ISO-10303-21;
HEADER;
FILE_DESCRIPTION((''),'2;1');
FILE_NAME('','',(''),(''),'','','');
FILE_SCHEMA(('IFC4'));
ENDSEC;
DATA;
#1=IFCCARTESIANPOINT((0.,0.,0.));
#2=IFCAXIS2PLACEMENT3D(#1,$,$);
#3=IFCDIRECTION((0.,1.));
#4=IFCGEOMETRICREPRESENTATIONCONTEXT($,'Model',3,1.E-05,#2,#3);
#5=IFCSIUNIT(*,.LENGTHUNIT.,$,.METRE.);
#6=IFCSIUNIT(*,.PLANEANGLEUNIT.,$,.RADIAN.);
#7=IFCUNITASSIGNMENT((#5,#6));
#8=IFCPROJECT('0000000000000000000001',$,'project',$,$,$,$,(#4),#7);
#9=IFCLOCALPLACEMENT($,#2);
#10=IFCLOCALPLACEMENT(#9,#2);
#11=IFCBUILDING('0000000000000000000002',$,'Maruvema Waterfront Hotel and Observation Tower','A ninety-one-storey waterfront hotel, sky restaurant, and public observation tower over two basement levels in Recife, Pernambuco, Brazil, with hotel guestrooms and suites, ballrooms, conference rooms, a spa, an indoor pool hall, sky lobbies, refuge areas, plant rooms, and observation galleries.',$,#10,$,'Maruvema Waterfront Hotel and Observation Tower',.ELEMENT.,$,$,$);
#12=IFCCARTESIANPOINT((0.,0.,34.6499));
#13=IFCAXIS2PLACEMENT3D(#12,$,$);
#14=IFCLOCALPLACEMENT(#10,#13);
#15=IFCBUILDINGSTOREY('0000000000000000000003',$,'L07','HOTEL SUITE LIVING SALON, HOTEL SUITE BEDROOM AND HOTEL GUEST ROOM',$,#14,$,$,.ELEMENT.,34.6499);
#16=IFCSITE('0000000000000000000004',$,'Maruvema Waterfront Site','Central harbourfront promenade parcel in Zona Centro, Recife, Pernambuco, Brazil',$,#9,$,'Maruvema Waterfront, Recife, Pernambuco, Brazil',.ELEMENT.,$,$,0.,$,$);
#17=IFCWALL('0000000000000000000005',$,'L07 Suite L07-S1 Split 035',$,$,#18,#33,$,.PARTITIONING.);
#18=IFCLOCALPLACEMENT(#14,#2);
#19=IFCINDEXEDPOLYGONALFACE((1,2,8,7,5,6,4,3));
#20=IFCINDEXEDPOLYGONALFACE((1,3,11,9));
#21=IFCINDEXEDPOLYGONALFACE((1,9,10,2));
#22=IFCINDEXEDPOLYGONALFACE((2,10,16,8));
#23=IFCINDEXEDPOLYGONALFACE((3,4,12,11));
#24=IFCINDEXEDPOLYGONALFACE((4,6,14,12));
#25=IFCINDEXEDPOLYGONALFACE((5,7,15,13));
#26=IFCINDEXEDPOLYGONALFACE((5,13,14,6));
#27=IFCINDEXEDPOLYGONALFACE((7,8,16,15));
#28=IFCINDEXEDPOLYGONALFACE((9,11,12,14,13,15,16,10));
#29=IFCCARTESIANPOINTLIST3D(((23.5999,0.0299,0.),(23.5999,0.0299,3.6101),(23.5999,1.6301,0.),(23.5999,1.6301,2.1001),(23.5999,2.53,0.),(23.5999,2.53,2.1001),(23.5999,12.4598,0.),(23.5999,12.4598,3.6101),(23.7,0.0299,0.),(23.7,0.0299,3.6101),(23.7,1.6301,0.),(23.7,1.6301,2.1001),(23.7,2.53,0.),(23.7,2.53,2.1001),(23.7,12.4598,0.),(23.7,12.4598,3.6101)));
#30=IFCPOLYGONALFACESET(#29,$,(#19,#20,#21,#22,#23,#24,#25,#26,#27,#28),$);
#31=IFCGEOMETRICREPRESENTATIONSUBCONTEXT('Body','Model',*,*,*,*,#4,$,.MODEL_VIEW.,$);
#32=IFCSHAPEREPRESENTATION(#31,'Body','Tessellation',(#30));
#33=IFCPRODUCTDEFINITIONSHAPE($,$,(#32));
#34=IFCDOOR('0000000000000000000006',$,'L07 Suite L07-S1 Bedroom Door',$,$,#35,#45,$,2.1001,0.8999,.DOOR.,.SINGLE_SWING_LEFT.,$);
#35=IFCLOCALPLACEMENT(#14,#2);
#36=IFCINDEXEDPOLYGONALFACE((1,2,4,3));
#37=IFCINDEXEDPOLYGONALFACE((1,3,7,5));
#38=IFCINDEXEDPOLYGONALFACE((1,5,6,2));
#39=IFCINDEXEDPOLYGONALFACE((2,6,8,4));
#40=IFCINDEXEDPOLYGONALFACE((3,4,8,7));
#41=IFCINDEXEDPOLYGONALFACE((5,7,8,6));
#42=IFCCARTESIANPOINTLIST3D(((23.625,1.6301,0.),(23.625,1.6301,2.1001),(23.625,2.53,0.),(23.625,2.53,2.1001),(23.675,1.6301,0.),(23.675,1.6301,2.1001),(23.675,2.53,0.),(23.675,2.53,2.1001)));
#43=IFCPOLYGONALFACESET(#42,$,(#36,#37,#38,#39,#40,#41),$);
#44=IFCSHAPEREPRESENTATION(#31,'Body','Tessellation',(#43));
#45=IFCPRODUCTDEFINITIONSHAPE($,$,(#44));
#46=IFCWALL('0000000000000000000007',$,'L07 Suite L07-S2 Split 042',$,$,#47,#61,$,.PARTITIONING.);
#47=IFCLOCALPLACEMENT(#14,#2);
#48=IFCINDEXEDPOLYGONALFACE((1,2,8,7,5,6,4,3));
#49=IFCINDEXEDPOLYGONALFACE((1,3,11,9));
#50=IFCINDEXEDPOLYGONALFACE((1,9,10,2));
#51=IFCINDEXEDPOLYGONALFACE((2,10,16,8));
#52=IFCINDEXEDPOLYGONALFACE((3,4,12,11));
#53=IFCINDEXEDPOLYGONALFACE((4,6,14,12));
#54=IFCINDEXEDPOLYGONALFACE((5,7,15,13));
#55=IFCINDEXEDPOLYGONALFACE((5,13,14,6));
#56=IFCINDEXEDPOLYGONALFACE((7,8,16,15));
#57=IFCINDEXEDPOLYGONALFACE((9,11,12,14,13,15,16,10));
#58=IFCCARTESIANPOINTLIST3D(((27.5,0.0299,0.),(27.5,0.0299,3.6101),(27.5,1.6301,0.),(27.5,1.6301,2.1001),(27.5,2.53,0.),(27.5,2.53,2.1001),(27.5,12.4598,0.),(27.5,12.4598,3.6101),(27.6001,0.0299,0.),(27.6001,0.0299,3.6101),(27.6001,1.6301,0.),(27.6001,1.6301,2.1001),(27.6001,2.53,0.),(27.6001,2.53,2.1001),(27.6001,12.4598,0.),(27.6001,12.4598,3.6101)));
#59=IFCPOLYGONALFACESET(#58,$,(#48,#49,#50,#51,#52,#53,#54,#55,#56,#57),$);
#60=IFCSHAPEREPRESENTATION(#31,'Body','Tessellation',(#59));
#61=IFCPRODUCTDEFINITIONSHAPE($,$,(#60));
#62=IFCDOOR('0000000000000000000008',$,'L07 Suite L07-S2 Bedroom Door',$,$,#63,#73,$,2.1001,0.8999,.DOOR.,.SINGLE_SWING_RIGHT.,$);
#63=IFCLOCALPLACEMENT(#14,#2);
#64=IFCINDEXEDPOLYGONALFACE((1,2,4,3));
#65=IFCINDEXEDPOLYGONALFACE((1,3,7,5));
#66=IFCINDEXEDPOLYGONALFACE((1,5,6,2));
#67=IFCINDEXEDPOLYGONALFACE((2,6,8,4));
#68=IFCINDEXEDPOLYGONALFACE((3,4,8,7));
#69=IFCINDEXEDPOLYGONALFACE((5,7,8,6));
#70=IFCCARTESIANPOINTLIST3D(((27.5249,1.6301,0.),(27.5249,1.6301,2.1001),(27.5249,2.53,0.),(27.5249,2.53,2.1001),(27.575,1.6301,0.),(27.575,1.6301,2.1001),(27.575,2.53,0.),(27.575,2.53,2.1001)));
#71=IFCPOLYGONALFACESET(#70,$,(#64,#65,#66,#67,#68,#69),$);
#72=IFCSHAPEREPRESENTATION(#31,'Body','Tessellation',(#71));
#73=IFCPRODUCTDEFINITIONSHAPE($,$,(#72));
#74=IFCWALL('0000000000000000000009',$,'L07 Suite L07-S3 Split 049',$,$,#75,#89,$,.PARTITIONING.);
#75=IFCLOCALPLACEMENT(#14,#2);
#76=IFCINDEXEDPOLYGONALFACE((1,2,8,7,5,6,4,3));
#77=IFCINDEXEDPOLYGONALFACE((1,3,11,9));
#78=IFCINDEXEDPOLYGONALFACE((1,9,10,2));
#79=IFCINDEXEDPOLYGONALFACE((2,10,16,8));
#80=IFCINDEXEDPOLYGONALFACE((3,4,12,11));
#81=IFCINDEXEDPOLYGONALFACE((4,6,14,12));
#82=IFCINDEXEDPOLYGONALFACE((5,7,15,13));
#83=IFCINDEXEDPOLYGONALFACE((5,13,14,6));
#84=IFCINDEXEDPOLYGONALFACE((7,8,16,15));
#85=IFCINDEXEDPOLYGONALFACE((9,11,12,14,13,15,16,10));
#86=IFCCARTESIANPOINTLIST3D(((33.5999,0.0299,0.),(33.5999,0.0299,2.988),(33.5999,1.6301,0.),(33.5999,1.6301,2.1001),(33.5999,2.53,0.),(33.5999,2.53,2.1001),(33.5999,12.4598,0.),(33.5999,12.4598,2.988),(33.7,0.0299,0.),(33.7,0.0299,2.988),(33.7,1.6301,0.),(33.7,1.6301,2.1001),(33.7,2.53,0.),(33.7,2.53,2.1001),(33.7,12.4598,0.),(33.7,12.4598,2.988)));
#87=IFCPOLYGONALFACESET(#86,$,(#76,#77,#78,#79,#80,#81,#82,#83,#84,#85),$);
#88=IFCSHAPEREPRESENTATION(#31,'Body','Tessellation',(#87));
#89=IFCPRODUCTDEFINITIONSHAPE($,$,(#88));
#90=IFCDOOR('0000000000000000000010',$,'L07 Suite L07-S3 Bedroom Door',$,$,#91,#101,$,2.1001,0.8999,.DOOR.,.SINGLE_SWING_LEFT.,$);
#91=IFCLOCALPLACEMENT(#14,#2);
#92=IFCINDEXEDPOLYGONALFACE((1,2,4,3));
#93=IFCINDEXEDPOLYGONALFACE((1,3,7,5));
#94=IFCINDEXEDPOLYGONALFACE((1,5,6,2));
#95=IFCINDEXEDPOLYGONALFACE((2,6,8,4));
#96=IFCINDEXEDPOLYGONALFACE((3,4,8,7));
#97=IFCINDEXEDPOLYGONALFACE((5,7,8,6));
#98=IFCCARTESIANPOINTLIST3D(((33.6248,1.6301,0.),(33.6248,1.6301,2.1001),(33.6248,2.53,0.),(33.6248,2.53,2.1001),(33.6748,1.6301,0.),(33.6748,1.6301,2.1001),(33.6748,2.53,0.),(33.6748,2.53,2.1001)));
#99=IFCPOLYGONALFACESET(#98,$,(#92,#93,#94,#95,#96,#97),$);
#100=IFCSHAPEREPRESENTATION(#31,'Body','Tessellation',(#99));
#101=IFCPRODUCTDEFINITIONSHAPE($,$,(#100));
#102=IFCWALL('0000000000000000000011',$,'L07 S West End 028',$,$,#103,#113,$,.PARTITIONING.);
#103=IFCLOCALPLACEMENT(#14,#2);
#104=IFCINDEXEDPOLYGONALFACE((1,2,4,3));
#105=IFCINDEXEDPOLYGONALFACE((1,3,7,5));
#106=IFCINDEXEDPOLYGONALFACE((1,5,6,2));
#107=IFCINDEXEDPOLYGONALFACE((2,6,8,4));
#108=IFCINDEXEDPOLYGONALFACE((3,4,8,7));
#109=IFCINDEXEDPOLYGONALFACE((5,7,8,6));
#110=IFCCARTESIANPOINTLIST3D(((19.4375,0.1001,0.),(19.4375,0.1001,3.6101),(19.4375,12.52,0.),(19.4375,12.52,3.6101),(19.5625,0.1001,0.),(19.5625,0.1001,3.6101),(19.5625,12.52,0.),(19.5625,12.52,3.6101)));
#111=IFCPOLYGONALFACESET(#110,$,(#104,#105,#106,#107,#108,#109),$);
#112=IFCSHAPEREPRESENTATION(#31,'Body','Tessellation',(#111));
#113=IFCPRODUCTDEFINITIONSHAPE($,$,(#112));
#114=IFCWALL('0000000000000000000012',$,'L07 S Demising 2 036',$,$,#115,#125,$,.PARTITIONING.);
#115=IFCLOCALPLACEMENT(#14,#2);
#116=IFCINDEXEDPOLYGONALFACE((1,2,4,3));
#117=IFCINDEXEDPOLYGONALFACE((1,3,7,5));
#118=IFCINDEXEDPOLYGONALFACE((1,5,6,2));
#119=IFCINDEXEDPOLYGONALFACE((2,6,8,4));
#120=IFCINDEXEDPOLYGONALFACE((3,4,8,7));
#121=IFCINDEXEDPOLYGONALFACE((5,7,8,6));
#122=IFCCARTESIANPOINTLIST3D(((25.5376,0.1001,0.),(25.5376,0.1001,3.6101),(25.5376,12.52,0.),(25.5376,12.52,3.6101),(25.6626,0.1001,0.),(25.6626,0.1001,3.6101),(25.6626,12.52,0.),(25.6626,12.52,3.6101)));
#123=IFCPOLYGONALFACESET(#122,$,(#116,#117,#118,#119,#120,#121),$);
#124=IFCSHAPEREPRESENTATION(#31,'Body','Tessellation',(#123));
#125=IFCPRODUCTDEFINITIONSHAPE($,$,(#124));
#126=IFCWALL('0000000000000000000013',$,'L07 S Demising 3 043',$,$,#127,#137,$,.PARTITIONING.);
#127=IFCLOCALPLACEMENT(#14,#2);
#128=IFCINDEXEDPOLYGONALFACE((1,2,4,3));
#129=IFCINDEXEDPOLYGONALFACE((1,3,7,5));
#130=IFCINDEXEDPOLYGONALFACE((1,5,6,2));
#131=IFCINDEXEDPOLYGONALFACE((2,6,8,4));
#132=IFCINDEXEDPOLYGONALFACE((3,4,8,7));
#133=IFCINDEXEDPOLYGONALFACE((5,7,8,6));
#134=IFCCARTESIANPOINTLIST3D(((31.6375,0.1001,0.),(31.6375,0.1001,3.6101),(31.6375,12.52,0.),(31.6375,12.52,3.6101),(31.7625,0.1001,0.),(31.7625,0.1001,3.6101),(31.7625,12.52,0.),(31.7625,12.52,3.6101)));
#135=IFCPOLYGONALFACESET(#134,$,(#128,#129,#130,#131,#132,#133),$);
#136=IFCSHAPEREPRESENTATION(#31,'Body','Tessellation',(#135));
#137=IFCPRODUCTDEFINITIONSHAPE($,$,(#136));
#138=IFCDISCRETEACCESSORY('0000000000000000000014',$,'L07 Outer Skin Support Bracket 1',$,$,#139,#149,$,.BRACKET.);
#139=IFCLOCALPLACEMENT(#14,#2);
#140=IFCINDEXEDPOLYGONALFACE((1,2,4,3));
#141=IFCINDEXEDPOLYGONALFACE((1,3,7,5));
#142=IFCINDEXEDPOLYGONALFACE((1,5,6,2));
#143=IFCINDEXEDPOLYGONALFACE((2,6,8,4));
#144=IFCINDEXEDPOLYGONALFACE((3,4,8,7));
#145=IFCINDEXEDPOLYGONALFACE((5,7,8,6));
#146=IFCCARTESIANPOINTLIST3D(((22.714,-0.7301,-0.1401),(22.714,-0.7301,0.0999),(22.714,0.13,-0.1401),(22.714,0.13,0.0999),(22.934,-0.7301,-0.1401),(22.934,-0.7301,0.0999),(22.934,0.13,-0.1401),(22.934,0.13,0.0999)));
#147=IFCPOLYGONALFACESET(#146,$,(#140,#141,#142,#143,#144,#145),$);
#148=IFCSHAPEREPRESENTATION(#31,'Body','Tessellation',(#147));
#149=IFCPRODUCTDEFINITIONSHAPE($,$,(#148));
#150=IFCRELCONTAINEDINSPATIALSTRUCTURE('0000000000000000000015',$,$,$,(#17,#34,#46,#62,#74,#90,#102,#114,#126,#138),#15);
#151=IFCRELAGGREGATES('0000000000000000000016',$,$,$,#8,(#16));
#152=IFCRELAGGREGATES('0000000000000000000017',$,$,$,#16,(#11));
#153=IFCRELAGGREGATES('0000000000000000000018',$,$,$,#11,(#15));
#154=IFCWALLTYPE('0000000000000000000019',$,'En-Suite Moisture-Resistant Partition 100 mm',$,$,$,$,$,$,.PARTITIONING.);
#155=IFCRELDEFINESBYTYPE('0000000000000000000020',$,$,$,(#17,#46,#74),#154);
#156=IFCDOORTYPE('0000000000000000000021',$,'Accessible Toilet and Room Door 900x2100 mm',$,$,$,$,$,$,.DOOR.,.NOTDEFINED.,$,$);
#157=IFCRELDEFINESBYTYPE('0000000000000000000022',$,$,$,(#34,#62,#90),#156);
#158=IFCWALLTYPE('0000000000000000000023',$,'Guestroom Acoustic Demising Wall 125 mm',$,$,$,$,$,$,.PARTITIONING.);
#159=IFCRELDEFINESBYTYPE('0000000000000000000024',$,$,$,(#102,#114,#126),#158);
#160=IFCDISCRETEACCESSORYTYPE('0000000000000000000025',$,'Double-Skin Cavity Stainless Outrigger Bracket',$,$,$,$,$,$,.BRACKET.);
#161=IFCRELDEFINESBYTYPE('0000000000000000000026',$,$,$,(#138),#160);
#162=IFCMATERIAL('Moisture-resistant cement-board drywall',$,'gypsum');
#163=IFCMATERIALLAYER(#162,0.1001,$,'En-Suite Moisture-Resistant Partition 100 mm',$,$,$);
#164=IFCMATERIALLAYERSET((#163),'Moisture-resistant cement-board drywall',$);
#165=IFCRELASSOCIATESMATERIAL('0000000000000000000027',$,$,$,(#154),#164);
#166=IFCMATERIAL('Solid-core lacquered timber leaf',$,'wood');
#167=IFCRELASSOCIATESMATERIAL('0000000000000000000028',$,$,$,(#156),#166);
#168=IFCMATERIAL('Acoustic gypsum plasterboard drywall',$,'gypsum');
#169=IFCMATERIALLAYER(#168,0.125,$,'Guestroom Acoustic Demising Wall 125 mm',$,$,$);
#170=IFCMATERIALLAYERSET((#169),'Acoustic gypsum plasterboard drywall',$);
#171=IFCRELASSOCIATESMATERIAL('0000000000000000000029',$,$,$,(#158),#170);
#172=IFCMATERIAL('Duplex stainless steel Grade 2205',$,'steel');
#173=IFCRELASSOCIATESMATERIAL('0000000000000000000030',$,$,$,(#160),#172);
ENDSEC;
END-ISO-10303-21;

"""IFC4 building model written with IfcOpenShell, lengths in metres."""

from ifc_helpers import new_model, si_unit, direction, frame, frame_2d, origin, origin_2d, place, context, subcontext, project, spatial, rectangle, extrude, material, layer, layer_set, type_object, element, fill, save


model = new_model("IFC4")

# Units and contexts
model_context = context("Model", 3, precision=1e-05, world=origin(), true_north=direction((0.0, 1.0)))
body_context = subcontext(model_context, "Body", "Model", "MODEL_VIEW")
ifc_project = project(units=[si_unit("LENGTHUNIT", "METRE"), si_unit("PLANEANGLEUNIT", "RADIAN")], contexts=[model_context])

# Site, building, storey
site_placement = place(None, origin())
site = spatial("IfcSite", under=ifc_project, at=site_placement, Name="Maruvema Waterfront Site", Description="Central harbourfront promenade parcel in Zona Centro, Recife, Pernambuco, Brazil", LongName="Maruvema Waterfront, Recife, Pernambuco, Brazil", CompositionType="ELEMENT", RefElevation=0.0)
building_placement = place(site_placement, origin())
building = spatial("IfcBuilding", under=site, at=building_placement, Name="Maruvema Waterfront Hotel and Observation Tower", Description="A ninety-one-storey waterfront hotel, sky restaurant, and public observation tower over two basement levels in Recife, Pernambuco, Brazil, with hotel guestrooms and suites, ballrooms, conference rooms, a spa, an indoor pool hall, sky lobbies, refuge areas, plant rooms, and observation galleries.", LongName="Maruvema Waterfront Hotel and Observation Tower", CompositionType="ELEMENT")
storey_placement = place(building_placement, frame((0.0, 0.0, 34.6499)))
storey = spatial("IfcBuildingStorey", under=building, at=storey_placement, Name="L07", Description="HOTEL SUITE LIVING SALON, HOTEL SUITE BEDROOM AND HOTEL GUEST ROOM", CompositionType="ELEMENT", Elevation=34.6499)

# Walls, openings, doors
ifc_material_1 = material(Name="Moisture-resistant cement-board drywall", Category="gypsum")
ifc_layer_1 = layer(ifc_material_1, 0.1001, Name="En-Suite Moisture-Resistant Partition 100 mm")
ifc_layer_set_1 = layer_set([ifc_layer_1], Name="Moisture-resistant cement-board drywall")
wall_type_1 = type_object("IfcWallType", Name="En-Suite Moisture-Resistant Partition 100 mm", PredefinedType="PARTITIONING", material=ifc_layer_set_1)
wall_1_placement = place(storey_placement, frame((23.6499, 0.03, 0.0), z_axis=(0.0, 0.0, 1.0), x_axis=(0.0, 1.0, 0.0)))
wall_1 = element("IfcWall", 1, at=wall_1_placement, inside=storey, type_object=wall_type_1, Name="L07 Suite L07-S1 Split 035", PredefinedType="PARTITIONING", context=body_context, shape_type="SweptSolid", body=[
    extrude(rectangle(XDim=12.4299, YDim=0.1001, at=frame_2d((6.2148, 0.0))), origin(), (0.0, 0.0, 1.0), 3.6101),
])
opening_1_placement = place(wall_1_placement, frame((1.6001, 0.0, 0.0)))
opening_1 = element("IfcOpeningElement", 2, at=opening_1_placement, cuts=wall_1, PredefinedType="OPENING", context=body_context, shape_type="SweptSolid", body=[
    extrude(rectangle(XDim=0.8999, YDim=2.1001, at=frame_2d((0.45, 1.05))), frame((0.0, 0.0601, 0.0), z_axis=(0.0, -1.0, 0.0), x_axis=(1.0, 0.0, 0.0)), (0.0, 0.0, 1.0), 0.1201),
])
ifc_material_2 = material(Name="Solid-core lacquered timber leaf", Category="wood")
door_type = type_object("IfcDoorType", Name="Accessible Toilet and Room Door 900x2100 mm", OperationType="NOTDEFINED", PredefinedType="DOOR", material=ifc_material_2)
door_1_placement = place(opening_1_placement, origin())
door_1 = element("IfcDoor", 3, at=door_1_placement, inside=storey, type_object=door_type, Name="L07 Suite L07-S1 Bedroom Door", OperationType="SINGLE_SWING_LEFT", OverallHeight=2.1001, OverallWidth=0.8999, PredefinedType="DOOR", context=body_context, shape_type="SweptSolid", body=[
    extrude(rectangle(XDim=0.8999, YDim=2.1001, at=frame_2d((0.45, 1.05))), frame((0.0, 0.0249, 0.0), z_axis=(0.0, -1.0, 0.0), x_axis=(1.0, 0.0, 0.0)), (0.0, 0.0, 1.0), 0.05),
])
fill(opening_1, door_1)
wall_2_placement = place(storey_placement, frame((27.55, 0.03, 0.0), z_axis=(0.0, 0.0, 1.0), x_axis=(0.0, 1.0, 0.0)))
wall_2 = element("IfcWall", 4, at=wall_2_placement, inside=storey, type_object=wall_type_1, Name="L07 Suite L07-S2 Split 042", PredefinedType="PARTITIONING", context=body_context, shape_type="SweptSolid", body=[
    extrude(rectangle(XDim=12.4299, YDim=0.1001, at=frame_2d((6.2148, 0.0))), origin(), (0.0, 0.0, 1.0), 3.6101),
])
opening_2_placement = place(wall_2_placement, frame((1.6001, 0.0, 0.0)))
opening_2 = element("IfcOpeningElement", 5, at=opening_2_placement, cuts=wall_2, PredefinedType="OPENING", context=body_context, shape_type="SweptSolid", body=[
    extrude(rectangle(XDim=0.8999, YDim=2.1001, at=frame_2d((0.45, 1.05))), frame((0.0, 0.0601, 0.0), z_axis=(0.0, -1.0, 0.0), x_axis=(1.0, 0.0, 0.0)), (0.0, 0.0, 1.0), 0.1201),
])
door_2_placement = place(opening_2_placement, frame((0.8999, 0.0, 0.0), z_axis=(0.0, 0.0, 1.0), x_axis=(-1.0, 0.0, 0.0)))
door_2 = element("IfcDoor", 6, at=door_2_placement, inside=storey, type_object=door_type, Name="L07 Suite L07-S2 Bedroom Door", OperationType="SINGLE_SWING_RIGHT", OverallHeight=2.1001, OverallWidth=0.8999, PredefinedType="DOOR", context=body_context, shape_type="SweptSolid", body=[
    extrude(rectangle(XDim=0.8999, YDim=2.1001, at=frame_2d((0.45, 1.05))), frame((0.0, 0.0249, 0.0), z_axis=(0.0, -1.0, 0.0), x_axis=(1.0, 0.0, 0.0)), (0.0, 0.0, 1.0), 0.05),
])
fill(opening_2, door_2)
wall_3_placement = place(storey_placement, frame((33.6499, 0.03, 0.0), z_axis=(0.0, 0.0, 1.0), x_axis=(0.0, 1.0, 0.0)))
wall_3 = element("IfcWall", 7, at=wall_3_placement, inside=storey, type_object=wall_type_1, Name="L07 Suite L07-S3 Split 049", PredefinedType="PARTITIONING", context=body_context, shape_type="SweptSolid", body=[
    extrude(rectangle(XDim=12.4299, YDim=0.1001, at=frame_2d((6.2148, 0.0))), origin(), (0.0, 0.0, 1.0), 2.988),
])
opening_3_placement = place(wall_3_placement, frame((1.6001, 0.0, 0.0)))
opening_3 = element("IfcOpeningElement", 8, at=opening_3_placement, cuts=wall_3, PredefinedType="OPENING", context=body_context, shape_type="SweptSolid", body=[
    extrude(rectangle(XDim=0.8999, YDim=2.1001, at=frame_2d((0.45, 1.05))), frame((0.0, 0.0601, 0.0), z_axis=(0.0, -1.0, 0.0), x_axis=(1.0, 0.0, 0.0)), (0.0, 0.0, 1.0), 0.1201),
])
door_3_placement = place(opening_3_placement, frame((0.8999, 0.0, 0.0), z_axis=(0.0, 0.0, 1.0), x_axis=(-1.0, 0.0, 0.0)))
door_3 = element("IfcDoor", 9, at=door_3_placement, inside=storey, type_object=door_type, Name="L07 Suite L07-S3 Bedroom Door", OperationType="SINGLE_SWING_LEFT", OverallHeight=2.1001, OverallWidth=0.8999, PredefinedType="DOOR", context=body_context, shape_type="SweptSolid", body=[
    extrude(rectangle(XDim=0.8999, YDim=2.1001, at=frame_2d((0.45, 1.05))), frame((0.0, 0.0249, 0.0), z_axis=(0.0, -1.0, 0.0), x_axis=(1.0, 0.0, 0.0)), (0.0, 0.0, 1.0), 0.05),
])
fill(opening_3, door_3)

# Walls
ifc_material_3 = material(Name="Acoustic gypsum plasterboard drywall", Category="gypsum")
ifc_layer_2 = layer(ifc_material_3, 0.125, Name="Guestroom Acoustic Demising Wall 125 mm")
ifc_layer_set_2 = layer_set([ifc_layer_2], Name="Acoustic gypsum plasterboard drywall")
wall_type_2 = type_object("IfcWallType", Name="Guestroom Acoustic Demising Wall 125 mm", PredefinedType="PARTITIONING", material=ifc_layer_set_2)
for number, where, z_axis, x_axis, name in (
    (10, (19.5, 0.1001, 0.0), (0.0, 0.0, 1.0), (0.0, 1.0, 0.0), "L07 S West End 028"),
    (11, (25.6001, 0.1001, 0.0), (0.0, 0.0, 1.0), (0.0, 1.0, 0.0), "L07 S Demising 2 036"),
    (12, (31.7, 0.1001, 0.0), (0.0, 0.0, 1.0), (0.0, 1.0, 0.0), "L07 S Demising 3 043"),
):
    element("IfcWall", number, at=place(storey_placement, frame(where, z_axis=z_axis, x_axis=x_axis)), inside=storey, type_object=wall_type_2, Name=name, PredefinedType="PARTITIONING", context=body_context, shape_type="SweptSolid", body=[
        extrude(rectangle(XDim=12.4199, YDim=0.125, at=frame_2d((6.21, 0.0))), origin(), (0.0, 0.0, 1.0), 3.6101),
    ])

# Discrete accessory
ifc_material_4 = material(Name="Duplex stainless steel Grade 2205", Category="steel")
discrete_accessory_type = type_object("IfcDiscreteAccessoryType", Name="Double-Skin Cavity Stainless Outrigger Bracket", PredefinedType="BRACKET", material=ifc_material_4)
discrete_accessory_placement = place(storey_placement, frame((22.824, -0.3, -0.1401), z_axis=(0.0, 0.0, 1.0), x_axis=(1.0, 0.0, 0.0)))
element("IfcDiscreteAccessory", 13, at=discrete_accessory_placement, inside=storey, type_object=discrete_accessory_type, Name="L07 Outer Skin Support Bracket 1", PredefinedType="BRACKET", context=body_context, shape_type="SweptSolid", body=[
    extrude(rectangle(XDim=0.22, YDim=0.8601, at=origin_2d()), origin(), (0.0, 0.0, 1.0), 0.24),
])

save(model, "model.ifc")
